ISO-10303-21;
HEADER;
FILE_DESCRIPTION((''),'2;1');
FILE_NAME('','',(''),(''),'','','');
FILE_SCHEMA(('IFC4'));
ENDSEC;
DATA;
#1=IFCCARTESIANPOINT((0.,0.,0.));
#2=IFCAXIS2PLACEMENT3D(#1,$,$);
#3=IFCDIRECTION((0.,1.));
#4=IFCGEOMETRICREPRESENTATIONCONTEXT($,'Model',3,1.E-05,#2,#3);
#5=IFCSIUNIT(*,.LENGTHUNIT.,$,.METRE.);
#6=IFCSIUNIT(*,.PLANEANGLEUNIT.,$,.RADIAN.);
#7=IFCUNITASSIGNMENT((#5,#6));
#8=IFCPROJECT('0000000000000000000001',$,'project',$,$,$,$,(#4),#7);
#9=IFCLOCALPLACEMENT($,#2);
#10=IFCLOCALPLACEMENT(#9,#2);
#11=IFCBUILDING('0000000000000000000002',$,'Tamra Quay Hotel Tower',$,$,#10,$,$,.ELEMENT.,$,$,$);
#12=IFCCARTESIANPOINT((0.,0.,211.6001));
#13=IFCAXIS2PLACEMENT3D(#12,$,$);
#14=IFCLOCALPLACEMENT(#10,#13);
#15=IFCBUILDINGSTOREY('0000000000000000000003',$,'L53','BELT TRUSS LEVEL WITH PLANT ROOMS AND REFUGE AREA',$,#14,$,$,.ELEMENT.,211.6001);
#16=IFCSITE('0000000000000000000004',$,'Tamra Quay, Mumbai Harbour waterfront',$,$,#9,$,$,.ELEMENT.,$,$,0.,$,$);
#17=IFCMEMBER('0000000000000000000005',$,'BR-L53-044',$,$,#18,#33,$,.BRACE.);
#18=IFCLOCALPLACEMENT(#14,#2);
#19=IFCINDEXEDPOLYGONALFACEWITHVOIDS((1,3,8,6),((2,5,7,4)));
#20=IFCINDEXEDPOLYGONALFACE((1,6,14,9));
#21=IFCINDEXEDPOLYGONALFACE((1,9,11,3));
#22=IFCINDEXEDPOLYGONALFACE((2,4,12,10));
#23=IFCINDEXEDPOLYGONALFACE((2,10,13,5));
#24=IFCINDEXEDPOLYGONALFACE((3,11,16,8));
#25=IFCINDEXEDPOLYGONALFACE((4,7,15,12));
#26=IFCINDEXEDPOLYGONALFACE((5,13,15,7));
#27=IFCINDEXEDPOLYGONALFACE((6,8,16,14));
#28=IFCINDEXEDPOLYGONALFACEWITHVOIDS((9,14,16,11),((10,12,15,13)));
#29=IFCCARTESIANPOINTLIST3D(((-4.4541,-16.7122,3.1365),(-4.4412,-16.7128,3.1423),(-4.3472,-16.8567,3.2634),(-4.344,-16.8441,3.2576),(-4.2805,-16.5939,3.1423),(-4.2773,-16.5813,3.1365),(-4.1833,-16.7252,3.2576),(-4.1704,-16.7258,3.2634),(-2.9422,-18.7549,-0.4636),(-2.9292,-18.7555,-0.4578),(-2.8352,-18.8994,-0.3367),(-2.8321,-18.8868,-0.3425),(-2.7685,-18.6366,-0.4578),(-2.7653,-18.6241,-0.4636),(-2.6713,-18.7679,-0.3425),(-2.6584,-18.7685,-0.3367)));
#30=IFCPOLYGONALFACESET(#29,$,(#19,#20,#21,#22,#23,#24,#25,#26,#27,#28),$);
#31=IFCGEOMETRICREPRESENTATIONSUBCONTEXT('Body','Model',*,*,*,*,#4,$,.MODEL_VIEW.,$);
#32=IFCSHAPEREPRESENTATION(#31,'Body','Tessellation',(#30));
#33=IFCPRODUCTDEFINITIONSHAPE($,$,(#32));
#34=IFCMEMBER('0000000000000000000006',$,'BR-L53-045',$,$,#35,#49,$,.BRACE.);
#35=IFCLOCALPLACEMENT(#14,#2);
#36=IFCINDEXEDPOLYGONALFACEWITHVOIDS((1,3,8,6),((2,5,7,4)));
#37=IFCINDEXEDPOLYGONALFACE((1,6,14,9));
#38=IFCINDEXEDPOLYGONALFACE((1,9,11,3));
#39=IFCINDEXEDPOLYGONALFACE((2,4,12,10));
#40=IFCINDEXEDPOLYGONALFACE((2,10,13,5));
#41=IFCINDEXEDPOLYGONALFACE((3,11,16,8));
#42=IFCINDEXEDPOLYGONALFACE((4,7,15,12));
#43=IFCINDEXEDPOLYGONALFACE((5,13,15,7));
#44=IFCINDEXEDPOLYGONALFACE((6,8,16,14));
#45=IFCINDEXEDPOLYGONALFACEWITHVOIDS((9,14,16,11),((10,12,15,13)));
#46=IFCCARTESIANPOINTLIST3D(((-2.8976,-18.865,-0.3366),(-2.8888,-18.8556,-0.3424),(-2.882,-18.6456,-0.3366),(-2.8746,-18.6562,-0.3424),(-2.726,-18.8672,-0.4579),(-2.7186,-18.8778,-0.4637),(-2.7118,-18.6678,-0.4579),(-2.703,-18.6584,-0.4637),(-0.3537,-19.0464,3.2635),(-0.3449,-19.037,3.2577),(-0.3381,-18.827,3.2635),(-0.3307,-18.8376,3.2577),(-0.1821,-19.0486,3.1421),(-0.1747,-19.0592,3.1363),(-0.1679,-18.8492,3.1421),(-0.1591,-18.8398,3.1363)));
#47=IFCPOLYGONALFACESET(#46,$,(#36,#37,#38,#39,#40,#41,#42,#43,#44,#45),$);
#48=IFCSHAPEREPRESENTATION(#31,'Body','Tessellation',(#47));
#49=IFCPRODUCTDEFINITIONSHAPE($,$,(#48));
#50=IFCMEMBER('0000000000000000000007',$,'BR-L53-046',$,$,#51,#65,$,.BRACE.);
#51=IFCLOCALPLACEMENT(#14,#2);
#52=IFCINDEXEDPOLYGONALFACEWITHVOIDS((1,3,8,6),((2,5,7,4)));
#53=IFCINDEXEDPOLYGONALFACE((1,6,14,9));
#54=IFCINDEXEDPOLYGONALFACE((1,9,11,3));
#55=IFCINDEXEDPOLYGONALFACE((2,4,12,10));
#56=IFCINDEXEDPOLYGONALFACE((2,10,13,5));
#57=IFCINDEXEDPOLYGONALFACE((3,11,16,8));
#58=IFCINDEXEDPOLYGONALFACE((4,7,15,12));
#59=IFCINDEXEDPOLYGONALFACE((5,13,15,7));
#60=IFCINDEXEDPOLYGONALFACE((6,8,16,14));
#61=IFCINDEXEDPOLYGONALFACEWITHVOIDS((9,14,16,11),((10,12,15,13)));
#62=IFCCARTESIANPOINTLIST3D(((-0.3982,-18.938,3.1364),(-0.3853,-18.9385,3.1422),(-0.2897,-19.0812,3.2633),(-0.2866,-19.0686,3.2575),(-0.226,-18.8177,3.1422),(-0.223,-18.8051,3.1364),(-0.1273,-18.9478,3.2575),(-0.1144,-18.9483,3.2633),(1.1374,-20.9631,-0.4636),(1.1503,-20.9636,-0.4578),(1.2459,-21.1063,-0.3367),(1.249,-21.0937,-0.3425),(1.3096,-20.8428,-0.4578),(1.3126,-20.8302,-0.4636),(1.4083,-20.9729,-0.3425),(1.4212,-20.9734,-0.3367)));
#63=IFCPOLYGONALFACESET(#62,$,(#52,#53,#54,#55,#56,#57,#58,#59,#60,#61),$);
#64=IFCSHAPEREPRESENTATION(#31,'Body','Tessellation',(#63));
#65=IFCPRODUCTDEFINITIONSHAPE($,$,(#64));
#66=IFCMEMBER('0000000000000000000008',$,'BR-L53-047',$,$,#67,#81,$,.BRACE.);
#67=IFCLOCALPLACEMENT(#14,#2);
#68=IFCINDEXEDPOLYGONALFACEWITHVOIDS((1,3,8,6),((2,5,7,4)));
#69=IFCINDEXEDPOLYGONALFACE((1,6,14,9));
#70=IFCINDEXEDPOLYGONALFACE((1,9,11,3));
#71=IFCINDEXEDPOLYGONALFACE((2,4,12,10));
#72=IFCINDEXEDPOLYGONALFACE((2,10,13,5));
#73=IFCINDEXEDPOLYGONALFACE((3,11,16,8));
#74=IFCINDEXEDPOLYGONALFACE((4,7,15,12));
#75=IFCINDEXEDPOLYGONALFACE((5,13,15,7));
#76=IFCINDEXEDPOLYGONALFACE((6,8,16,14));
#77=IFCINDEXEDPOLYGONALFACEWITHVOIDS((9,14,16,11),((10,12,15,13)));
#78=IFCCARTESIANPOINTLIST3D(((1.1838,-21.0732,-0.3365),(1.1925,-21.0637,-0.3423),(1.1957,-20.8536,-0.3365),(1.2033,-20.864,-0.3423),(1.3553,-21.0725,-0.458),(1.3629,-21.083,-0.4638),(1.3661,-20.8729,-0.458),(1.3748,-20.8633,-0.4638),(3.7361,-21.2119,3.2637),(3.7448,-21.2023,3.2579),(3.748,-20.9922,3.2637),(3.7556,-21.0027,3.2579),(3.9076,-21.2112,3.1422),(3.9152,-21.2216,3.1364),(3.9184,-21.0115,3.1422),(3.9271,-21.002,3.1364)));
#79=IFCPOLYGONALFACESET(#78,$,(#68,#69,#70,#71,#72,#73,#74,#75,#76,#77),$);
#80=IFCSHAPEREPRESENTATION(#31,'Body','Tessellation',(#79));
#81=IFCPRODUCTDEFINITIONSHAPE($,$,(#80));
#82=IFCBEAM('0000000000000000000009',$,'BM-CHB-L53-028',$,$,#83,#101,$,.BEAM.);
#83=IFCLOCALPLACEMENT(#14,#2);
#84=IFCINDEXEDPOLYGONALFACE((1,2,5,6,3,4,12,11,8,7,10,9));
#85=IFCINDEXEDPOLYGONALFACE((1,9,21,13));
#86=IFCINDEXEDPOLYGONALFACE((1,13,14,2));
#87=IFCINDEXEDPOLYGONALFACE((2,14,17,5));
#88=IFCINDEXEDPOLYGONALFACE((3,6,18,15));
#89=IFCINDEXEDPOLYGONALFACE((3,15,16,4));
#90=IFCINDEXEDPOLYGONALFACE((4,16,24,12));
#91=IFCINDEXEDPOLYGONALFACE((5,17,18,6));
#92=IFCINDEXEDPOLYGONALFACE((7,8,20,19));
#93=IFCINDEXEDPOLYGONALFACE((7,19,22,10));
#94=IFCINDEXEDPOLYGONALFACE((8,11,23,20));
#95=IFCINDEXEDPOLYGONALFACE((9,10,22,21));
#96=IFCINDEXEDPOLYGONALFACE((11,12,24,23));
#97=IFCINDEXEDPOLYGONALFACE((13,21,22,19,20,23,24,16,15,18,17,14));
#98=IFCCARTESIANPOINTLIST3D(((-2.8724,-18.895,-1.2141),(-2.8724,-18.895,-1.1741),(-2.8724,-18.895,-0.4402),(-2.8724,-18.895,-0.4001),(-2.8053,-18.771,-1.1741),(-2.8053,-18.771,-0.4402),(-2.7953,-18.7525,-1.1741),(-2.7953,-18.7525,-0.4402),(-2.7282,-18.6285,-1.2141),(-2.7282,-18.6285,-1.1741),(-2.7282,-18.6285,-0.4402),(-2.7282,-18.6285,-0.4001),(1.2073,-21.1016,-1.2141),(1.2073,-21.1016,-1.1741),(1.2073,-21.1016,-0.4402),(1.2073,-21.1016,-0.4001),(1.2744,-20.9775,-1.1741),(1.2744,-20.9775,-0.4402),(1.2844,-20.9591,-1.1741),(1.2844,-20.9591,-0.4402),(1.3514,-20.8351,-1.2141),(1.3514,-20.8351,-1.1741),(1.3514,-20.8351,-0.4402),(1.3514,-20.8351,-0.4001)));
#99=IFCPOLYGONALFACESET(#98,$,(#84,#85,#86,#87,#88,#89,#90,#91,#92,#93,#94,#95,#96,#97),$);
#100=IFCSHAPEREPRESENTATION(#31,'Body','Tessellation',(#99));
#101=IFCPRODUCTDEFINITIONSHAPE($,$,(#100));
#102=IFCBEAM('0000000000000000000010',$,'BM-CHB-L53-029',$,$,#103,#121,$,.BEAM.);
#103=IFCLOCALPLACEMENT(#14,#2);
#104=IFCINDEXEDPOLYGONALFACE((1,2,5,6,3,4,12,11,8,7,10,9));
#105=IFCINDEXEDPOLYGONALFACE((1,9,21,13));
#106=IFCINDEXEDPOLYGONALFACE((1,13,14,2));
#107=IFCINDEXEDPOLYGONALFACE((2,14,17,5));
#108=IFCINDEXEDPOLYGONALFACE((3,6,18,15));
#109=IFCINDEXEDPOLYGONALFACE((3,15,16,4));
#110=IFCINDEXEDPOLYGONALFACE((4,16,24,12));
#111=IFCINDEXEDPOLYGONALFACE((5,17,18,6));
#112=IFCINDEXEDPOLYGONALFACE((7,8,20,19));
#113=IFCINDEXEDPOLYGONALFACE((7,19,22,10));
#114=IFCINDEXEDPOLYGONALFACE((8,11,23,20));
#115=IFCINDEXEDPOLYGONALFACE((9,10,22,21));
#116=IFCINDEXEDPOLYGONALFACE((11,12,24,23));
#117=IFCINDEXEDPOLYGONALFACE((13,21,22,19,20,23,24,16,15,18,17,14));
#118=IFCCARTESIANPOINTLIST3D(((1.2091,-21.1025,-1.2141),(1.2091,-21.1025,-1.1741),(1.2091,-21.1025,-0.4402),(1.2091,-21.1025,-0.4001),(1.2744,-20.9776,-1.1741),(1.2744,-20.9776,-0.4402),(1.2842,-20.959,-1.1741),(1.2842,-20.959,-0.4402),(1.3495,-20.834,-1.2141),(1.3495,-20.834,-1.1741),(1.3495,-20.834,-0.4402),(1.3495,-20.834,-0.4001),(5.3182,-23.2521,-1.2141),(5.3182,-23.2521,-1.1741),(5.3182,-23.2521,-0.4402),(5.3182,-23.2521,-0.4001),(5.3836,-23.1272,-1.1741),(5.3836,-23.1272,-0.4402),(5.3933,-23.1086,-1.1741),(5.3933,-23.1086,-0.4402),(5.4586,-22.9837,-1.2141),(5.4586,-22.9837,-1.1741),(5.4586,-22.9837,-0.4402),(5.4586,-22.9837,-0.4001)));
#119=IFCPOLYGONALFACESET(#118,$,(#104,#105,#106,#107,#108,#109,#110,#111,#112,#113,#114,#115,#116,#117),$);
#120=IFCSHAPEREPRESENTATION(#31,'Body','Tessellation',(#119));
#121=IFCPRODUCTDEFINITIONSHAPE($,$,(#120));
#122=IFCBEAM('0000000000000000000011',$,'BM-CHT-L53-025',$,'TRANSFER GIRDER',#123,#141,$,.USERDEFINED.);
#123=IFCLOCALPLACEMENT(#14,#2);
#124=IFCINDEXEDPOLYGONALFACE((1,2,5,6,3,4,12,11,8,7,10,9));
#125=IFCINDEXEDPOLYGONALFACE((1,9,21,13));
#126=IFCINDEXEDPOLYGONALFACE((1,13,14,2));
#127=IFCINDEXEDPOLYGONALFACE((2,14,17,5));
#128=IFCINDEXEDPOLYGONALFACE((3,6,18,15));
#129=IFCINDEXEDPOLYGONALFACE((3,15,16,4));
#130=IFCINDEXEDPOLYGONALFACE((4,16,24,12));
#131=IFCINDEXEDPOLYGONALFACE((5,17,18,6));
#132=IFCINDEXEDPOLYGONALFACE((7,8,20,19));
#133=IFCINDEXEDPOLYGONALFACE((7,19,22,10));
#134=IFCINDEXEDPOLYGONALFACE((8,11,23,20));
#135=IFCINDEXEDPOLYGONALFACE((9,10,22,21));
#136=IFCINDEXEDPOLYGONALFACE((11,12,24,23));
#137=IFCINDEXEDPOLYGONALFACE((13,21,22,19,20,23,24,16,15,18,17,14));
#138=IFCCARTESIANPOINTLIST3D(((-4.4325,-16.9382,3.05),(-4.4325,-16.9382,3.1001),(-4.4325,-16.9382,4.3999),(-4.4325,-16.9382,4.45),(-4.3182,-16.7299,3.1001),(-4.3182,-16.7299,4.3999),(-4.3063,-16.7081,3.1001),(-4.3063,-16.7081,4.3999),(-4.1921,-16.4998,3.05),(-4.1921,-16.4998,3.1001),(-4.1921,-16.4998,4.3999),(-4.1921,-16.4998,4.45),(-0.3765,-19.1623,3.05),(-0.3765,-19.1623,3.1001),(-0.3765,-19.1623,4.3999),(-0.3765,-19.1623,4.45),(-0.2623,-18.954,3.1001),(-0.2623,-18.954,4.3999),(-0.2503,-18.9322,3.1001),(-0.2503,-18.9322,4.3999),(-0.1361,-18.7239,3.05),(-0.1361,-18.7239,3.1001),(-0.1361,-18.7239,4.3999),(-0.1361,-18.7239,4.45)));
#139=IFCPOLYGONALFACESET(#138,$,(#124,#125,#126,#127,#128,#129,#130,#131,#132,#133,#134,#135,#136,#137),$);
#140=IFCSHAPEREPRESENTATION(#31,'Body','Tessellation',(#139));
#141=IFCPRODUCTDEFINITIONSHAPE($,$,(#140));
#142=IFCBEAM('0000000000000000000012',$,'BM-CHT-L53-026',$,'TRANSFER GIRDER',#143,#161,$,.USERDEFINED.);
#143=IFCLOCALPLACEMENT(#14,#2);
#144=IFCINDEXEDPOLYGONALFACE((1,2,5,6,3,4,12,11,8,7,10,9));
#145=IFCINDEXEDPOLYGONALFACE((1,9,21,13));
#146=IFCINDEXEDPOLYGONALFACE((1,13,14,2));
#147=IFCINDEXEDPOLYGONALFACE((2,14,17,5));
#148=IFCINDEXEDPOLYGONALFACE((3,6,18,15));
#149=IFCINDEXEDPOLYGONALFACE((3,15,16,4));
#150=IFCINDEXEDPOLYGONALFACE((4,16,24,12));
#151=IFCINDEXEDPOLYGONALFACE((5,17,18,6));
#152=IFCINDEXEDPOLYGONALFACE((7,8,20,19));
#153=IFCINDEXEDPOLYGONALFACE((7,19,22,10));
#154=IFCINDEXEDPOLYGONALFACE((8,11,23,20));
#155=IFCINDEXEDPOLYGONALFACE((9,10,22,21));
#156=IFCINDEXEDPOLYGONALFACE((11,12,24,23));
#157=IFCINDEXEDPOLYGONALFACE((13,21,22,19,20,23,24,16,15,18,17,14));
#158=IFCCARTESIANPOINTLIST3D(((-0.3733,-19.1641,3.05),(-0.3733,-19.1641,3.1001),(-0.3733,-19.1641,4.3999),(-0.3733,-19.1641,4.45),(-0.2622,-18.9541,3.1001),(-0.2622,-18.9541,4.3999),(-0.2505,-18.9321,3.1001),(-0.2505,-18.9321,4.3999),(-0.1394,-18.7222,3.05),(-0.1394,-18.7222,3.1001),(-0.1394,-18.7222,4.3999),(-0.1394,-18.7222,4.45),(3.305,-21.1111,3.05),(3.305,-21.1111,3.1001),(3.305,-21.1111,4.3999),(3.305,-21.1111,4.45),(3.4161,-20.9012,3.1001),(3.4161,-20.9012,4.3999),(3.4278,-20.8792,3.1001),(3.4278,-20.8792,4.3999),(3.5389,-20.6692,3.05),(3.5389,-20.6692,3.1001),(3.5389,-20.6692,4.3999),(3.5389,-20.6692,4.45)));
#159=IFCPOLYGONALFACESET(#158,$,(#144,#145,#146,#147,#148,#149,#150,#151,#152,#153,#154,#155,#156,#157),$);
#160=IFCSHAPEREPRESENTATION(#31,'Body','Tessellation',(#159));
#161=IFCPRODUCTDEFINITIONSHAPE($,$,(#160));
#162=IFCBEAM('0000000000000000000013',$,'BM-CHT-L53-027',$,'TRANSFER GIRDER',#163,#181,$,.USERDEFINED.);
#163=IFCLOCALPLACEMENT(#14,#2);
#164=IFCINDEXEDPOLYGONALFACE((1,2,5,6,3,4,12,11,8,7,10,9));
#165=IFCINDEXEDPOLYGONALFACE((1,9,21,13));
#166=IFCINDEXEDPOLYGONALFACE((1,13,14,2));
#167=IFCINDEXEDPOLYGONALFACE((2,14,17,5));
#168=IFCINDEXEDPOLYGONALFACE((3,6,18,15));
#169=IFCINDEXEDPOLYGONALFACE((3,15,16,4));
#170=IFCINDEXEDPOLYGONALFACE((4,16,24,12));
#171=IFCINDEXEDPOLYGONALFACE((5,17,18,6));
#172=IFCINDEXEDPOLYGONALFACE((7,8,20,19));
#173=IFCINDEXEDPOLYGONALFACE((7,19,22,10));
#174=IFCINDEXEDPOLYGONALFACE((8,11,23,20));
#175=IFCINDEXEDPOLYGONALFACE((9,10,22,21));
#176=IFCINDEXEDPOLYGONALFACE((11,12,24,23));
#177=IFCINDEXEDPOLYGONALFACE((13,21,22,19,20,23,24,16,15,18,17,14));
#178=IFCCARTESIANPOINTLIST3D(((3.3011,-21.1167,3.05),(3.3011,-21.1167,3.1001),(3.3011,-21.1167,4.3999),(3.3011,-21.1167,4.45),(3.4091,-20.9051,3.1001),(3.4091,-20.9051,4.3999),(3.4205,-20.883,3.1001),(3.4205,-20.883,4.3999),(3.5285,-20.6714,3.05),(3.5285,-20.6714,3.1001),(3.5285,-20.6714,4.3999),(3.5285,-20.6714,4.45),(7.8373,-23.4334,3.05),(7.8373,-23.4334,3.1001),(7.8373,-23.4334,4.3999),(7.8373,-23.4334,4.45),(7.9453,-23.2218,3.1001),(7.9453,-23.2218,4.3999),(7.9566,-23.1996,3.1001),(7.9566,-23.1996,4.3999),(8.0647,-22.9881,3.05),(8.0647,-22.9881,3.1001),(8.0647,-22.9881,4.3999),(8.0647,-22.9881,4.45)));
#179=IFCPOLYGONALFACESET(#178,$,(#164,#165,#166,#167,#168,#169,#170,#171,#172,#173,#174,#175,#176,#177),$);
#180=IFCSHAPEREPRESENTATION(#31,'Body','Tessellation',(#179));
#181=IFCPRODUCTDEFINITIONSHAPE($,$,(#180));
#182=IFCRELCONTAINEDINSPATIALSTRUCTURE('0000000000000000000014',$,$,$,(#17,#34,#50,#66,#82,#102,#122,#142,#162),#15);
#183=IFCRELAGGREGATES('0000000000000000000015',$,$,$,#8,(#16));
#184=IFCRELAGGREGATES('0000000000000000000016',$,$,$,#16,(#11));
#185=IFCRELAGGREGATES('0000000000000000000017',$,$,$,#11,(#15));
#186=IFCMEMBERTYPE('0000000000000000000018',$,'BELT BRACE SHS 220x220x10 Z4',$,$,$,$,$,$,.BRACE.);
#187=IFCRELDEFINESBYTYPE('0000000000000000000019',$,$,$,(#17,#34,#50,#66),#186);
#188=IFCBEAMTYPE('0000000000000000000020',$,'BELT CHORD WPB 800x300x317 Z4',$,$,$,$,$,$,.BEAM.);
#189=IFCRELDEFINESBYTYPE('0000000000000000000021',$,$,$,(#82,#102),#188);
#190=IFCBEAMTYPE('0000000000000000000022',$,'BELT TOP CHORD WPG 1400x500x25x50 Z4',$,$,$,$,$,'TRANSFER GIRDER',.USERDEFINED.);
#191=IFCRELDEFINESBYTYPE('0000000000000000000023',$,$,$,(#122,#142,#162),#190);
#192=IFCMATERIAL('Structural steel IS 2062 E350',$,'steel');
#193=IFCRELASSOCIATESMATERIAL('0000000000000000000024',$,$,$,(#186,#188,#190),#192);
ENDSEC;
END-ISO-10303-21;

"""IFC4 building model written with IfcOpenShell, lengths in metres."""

from ifc_helpers import new_model, si_unit, direction, frame, origin, origin_2d, place, context, subcontext, project, spatial, hollow_rectangle, i_section, extrude, material, material_profile, profile_set, type_object, element, save


model = new_model("IFC4")

# Units and contexts
model_context = context("Model", 3, precision=1e-05, world=origin(), true_north=direction((0.0, 1.0)))
body_context = subcontext(model_context, "Body", "Model", "MODEL_VIEW")
ifc_project = project(units=[si_unit("LENGTHUNIT", "METRE"), si_unit("PLANEANGLEUNIT", "RADIAN")], contexts=[model_context])

# Site, building, storey
site_placement = place(None, origin())
site = spatial("IfcSite", under=ifc_project, at=site_placement, Name="Tamra Quay, Mumbai Harbour waterfront", CompositionType="ELEMENT", RefElevation=0.0)
building_placement = place(site_placement, origin())
building = spatial("IfcBuilding", under=site, at=building_placement, Name="Tamra Quay Hotel Tower", CompositionType="ELEMENT")
storey_placement = place(building_placement, frame((0.0, 0.0, 211.6001)))
storey = spatial("IfcBuildingStorey", under=building, at=storey_placement, Name="L53", Description="BELT TRUSS LEVEL WITH PLANT ROOMS AND REFUGE AREA", CompositionType="ELEMENT", Elevation=211.6001)

# Members
ifc_material_1 = material(Name="Structural steel IS 2062 E350", Category="steel")
ifc_material_profile_1 = material_profile(ifc_material_1, hollow_rectangle(XDim=0.22, YDim=0.22, WallThickness=0.01, at=origin_2d()), Name="SHS 220x220x10")
ifc_profile_set_1 = profile_set([ifc_material_profile_1], Name="Structural steel IS 2062 E350")
member_type = type_object("IfcMemberType", Name="BELT BRACE SHS 220x220x10 Z4", PredefinedType="BRACE", material=ifc_profile_set_1)
member_1_placement = place(storey_placement, frame((-2.8003, -18.7617, -0.4001), z_axis=(-0.343101, 0.463544, 0.81695), x_axis=(-0.803777, -0.594931, 0.0)))
element("IfcMember", 1, at=member_1_placement, inside=storey, type_object=member_type, Name="BR-L53-044", PredefinedType="BRACE", context=body_context, shape_type="SweptSolid", body=[
    extrude(hollow_rectangle(XDim=0.22, YDim=0.22, WallThickness=0.01, at=origin_2d()), origin(), (0.0, 0.0, 1.0), 4.4067),
])
member_2_placement = place(storey_placement, frame((-2.8003, -18.7617, -0.4001), z_axis=(0.576604, -0.041115, 0.815989), x_axis=(0.071125, 0.997467, 0.0)))
element("IfcMember", 2, at=member_2_placement, inside=storey, type_object=member_type, Name="BR-L53-045", PredefinedType="BRACE", context=body_context, shape_type="SweptSolid", body=[
    extrude(hollow_rectangle(XDim=0.22, YDim=0.22, WallThickness=0.01, at=origin_2d()), origin(), (0.0, 0.0, 1.0), 4.4119),
])
member_3_placement = place(storey_placement, frame((1.2793, -20.9683, -0.4001), z_axis=(-0.348469, 0.459548, 0.816936), x_axis=(-0.796819, -0.604218, 0.0)))
element("IfcMember", 3, at=member_3_placement, inside=storey, type_object=member_type, Name="BR-L53-046", PredefinedType="BRACE", context=body_context, shape_type="SweptSolid", body=[
    extrude(hollow_rectangle(XDim=0.22, YDim=0.22, WallThickness=0.01, at=origin_2d()), origin(), (0.0, 0.0, 1.0), 4.4067),
])
member_4_placement = place(storey_placement, frame((1.2793, -20.9683, -0.4001), z_axis=(0.57806, -0.031408, 0.815389), x_axis=(0.054253, 0.998527, 0.0)))
element("IfcMember", 4, at=member_4_placement, inside=storey, type_object=member_type, Name="BR-L53-047", PredefinedType="BRACE", context=body_context, shape_type="SweptSolid", body=[
    extrude(hollow_rectangle(XDim=0.22, YDim=0.22, WallThickness=0.01, at=origin_2d()), origin(), (0.0, 0.0, 1.0), 4.4153),
])

# Beams
ifc_material_profile_2 = material_profile(ifc_material_1, i_section(OverallWidth=0.303, OverallDepth=0.814, WebThickness=0.021, FlangeThickness=0.04, at=origin_2d()), Name="WPB 800x300x317")
ifc_profile_set_2 = profile_set([ifc_material_profile_2], Name="Structural steel IS 2062 E350")
beam_type_1 = type_object("IfcBeamType", Name="BELT CHORD WPB 800x300x317 Z4", PredefinedType="BEAM", material=ifc_profile_set_2)
beam_1_placement = place(storey_placement, frame((-2.8003, -18.7617, -0.8071), z_axis=(0.879584, -0.475744, 0.0), x_axis=(0.475744, 0.879584, 0.0)))
element("IfcBeam", 5, at=beam_1_placement, inside=storey, type_object=beam_type_1, Name="BM-CHB-L53-028", PredefinedType="BEAM", context=body_context, shape_type="SweptSolid", body=[
    extrude(i_section(OverallWidth=0.303, OverallDepth=0.814, WebThickness=0.021, FlangeThickness=0.04, at=origin_2d()), origin(), (0.0, 0.0, 1.0), 4.6382),
])
beam_2_placement = place(storey_placement, frame((1.2793, -20.9683, -0.8071), z_axis=(0.886075, -0.463543, 0.0), x_axis=(0.463543, 0.886075, 0.0)))
element("IfcBeam", 6, at=beam_2_placement, inside=storey, type_object=beam_type_1, Name="BM-CHB-L53-029", PredefinedType="BEAM", context=body_context, shape_type="SweptSolid", body=[
    extrude(i_section(OverallWidth=0.303, OverallDepth=0.814, WebThickness=0.021, FlangeThickness=0.04, at=origin_2d()), origin(), (0.0, 0.0, 1.0), 4.6375),
])
ifc_material_profile_3 = material_profile(ifc_material_1, i_section(OverallWidth=0.5, OverallDepth=1.3999, WebThickness=0.0249, FlangeThickness=0.05, at=origin_2d()), Name="WPG 1400x500x25x50")
ifc_profile_set_3 = profile_set([ifc_material_profile_3], Name="Structural steel IS 2062 E350")
beam_type_2 = type_object("IfcBeamType", Name="BELT TOP CHORD WPG 1400x500x25x50 Z4", ElementType="TRANSFER GIRDER", PredefinedType="USERDEFINED", material=ifc_profile_set_3)
beam_3_placement = place(storey_placement, frame((-4.3123, -16.719, 3.75), z_axis=(0.87682, -0.480818, 0.0), x_axis=(0.480818, 0.87682, 0.0)))
element("IfcBeam", 7, at=beam_3_placement, inside=storey, type_object=beam_type_2, Name="BM-CHT-L53-025", ObjectType="TRANSFER GIRDER", PredefinedType="USERDEFINED", context=body_context, shape_type="SweptSolid", body=[
    extrude(i_section(OverallWidth=0.5, OverallDepth=1.3999, WebThickness=0.0249, FlangeThickness=0.05, at=origin_2d()), origin(), (0.0, 0.0, 1.0), 4.6257),
])
beam_4_placement = place(storey_placement, frame((-0.2563, -18.9431, 3.75), z_axis=(0.883815, -0.467837, 0.0), x_axis=(0.467837, 0.883815, 0.0)))
element("IfcBeam", 8, at=beam_4_placement, inside=storey, type_object=beam_type_2, Name="BM-CHT-L53-026", ObjectType="TRANSFER GIRDER", PredefinedType="USERDEFINED", context=body_context, shape_type="SweptSolid", body=[
    extrude(i_section(OverallWidth=0.5, OverallDepth=1.3999, WebThickness=0.0249, FlangeThickness=0.05, at=origin_2d()), origin(), (0.0, 0.0, 1.0), 4.1619),
])
beam_5_placement = place(storey_placement, frame((3.4148, -20.894, 3.75), z_axis=(0.890579, -0.454828, 0.0), x_axis=(0.454828, 0.890579, 0.0)))
element("IfcBeam", 9, at=beam_5_placement, inside=storey, type_object=beam_type_2, Name="BM-CHT-L53-027", ObjectType="TRANSFER GIRDER", PredefinedType="USERDEFINED", context=body_context, shape_type="SweptSolid", body=[
    extrude(i_section(OverallWidth=0.5, OverallDepth=1.3999, WebThickness=0.0249, FlangeThickness=0.05, at=origin_2d()), origin(), (0.0, 0.0, 1.0), 5.0935),
])

save(model, "model.ifc")
